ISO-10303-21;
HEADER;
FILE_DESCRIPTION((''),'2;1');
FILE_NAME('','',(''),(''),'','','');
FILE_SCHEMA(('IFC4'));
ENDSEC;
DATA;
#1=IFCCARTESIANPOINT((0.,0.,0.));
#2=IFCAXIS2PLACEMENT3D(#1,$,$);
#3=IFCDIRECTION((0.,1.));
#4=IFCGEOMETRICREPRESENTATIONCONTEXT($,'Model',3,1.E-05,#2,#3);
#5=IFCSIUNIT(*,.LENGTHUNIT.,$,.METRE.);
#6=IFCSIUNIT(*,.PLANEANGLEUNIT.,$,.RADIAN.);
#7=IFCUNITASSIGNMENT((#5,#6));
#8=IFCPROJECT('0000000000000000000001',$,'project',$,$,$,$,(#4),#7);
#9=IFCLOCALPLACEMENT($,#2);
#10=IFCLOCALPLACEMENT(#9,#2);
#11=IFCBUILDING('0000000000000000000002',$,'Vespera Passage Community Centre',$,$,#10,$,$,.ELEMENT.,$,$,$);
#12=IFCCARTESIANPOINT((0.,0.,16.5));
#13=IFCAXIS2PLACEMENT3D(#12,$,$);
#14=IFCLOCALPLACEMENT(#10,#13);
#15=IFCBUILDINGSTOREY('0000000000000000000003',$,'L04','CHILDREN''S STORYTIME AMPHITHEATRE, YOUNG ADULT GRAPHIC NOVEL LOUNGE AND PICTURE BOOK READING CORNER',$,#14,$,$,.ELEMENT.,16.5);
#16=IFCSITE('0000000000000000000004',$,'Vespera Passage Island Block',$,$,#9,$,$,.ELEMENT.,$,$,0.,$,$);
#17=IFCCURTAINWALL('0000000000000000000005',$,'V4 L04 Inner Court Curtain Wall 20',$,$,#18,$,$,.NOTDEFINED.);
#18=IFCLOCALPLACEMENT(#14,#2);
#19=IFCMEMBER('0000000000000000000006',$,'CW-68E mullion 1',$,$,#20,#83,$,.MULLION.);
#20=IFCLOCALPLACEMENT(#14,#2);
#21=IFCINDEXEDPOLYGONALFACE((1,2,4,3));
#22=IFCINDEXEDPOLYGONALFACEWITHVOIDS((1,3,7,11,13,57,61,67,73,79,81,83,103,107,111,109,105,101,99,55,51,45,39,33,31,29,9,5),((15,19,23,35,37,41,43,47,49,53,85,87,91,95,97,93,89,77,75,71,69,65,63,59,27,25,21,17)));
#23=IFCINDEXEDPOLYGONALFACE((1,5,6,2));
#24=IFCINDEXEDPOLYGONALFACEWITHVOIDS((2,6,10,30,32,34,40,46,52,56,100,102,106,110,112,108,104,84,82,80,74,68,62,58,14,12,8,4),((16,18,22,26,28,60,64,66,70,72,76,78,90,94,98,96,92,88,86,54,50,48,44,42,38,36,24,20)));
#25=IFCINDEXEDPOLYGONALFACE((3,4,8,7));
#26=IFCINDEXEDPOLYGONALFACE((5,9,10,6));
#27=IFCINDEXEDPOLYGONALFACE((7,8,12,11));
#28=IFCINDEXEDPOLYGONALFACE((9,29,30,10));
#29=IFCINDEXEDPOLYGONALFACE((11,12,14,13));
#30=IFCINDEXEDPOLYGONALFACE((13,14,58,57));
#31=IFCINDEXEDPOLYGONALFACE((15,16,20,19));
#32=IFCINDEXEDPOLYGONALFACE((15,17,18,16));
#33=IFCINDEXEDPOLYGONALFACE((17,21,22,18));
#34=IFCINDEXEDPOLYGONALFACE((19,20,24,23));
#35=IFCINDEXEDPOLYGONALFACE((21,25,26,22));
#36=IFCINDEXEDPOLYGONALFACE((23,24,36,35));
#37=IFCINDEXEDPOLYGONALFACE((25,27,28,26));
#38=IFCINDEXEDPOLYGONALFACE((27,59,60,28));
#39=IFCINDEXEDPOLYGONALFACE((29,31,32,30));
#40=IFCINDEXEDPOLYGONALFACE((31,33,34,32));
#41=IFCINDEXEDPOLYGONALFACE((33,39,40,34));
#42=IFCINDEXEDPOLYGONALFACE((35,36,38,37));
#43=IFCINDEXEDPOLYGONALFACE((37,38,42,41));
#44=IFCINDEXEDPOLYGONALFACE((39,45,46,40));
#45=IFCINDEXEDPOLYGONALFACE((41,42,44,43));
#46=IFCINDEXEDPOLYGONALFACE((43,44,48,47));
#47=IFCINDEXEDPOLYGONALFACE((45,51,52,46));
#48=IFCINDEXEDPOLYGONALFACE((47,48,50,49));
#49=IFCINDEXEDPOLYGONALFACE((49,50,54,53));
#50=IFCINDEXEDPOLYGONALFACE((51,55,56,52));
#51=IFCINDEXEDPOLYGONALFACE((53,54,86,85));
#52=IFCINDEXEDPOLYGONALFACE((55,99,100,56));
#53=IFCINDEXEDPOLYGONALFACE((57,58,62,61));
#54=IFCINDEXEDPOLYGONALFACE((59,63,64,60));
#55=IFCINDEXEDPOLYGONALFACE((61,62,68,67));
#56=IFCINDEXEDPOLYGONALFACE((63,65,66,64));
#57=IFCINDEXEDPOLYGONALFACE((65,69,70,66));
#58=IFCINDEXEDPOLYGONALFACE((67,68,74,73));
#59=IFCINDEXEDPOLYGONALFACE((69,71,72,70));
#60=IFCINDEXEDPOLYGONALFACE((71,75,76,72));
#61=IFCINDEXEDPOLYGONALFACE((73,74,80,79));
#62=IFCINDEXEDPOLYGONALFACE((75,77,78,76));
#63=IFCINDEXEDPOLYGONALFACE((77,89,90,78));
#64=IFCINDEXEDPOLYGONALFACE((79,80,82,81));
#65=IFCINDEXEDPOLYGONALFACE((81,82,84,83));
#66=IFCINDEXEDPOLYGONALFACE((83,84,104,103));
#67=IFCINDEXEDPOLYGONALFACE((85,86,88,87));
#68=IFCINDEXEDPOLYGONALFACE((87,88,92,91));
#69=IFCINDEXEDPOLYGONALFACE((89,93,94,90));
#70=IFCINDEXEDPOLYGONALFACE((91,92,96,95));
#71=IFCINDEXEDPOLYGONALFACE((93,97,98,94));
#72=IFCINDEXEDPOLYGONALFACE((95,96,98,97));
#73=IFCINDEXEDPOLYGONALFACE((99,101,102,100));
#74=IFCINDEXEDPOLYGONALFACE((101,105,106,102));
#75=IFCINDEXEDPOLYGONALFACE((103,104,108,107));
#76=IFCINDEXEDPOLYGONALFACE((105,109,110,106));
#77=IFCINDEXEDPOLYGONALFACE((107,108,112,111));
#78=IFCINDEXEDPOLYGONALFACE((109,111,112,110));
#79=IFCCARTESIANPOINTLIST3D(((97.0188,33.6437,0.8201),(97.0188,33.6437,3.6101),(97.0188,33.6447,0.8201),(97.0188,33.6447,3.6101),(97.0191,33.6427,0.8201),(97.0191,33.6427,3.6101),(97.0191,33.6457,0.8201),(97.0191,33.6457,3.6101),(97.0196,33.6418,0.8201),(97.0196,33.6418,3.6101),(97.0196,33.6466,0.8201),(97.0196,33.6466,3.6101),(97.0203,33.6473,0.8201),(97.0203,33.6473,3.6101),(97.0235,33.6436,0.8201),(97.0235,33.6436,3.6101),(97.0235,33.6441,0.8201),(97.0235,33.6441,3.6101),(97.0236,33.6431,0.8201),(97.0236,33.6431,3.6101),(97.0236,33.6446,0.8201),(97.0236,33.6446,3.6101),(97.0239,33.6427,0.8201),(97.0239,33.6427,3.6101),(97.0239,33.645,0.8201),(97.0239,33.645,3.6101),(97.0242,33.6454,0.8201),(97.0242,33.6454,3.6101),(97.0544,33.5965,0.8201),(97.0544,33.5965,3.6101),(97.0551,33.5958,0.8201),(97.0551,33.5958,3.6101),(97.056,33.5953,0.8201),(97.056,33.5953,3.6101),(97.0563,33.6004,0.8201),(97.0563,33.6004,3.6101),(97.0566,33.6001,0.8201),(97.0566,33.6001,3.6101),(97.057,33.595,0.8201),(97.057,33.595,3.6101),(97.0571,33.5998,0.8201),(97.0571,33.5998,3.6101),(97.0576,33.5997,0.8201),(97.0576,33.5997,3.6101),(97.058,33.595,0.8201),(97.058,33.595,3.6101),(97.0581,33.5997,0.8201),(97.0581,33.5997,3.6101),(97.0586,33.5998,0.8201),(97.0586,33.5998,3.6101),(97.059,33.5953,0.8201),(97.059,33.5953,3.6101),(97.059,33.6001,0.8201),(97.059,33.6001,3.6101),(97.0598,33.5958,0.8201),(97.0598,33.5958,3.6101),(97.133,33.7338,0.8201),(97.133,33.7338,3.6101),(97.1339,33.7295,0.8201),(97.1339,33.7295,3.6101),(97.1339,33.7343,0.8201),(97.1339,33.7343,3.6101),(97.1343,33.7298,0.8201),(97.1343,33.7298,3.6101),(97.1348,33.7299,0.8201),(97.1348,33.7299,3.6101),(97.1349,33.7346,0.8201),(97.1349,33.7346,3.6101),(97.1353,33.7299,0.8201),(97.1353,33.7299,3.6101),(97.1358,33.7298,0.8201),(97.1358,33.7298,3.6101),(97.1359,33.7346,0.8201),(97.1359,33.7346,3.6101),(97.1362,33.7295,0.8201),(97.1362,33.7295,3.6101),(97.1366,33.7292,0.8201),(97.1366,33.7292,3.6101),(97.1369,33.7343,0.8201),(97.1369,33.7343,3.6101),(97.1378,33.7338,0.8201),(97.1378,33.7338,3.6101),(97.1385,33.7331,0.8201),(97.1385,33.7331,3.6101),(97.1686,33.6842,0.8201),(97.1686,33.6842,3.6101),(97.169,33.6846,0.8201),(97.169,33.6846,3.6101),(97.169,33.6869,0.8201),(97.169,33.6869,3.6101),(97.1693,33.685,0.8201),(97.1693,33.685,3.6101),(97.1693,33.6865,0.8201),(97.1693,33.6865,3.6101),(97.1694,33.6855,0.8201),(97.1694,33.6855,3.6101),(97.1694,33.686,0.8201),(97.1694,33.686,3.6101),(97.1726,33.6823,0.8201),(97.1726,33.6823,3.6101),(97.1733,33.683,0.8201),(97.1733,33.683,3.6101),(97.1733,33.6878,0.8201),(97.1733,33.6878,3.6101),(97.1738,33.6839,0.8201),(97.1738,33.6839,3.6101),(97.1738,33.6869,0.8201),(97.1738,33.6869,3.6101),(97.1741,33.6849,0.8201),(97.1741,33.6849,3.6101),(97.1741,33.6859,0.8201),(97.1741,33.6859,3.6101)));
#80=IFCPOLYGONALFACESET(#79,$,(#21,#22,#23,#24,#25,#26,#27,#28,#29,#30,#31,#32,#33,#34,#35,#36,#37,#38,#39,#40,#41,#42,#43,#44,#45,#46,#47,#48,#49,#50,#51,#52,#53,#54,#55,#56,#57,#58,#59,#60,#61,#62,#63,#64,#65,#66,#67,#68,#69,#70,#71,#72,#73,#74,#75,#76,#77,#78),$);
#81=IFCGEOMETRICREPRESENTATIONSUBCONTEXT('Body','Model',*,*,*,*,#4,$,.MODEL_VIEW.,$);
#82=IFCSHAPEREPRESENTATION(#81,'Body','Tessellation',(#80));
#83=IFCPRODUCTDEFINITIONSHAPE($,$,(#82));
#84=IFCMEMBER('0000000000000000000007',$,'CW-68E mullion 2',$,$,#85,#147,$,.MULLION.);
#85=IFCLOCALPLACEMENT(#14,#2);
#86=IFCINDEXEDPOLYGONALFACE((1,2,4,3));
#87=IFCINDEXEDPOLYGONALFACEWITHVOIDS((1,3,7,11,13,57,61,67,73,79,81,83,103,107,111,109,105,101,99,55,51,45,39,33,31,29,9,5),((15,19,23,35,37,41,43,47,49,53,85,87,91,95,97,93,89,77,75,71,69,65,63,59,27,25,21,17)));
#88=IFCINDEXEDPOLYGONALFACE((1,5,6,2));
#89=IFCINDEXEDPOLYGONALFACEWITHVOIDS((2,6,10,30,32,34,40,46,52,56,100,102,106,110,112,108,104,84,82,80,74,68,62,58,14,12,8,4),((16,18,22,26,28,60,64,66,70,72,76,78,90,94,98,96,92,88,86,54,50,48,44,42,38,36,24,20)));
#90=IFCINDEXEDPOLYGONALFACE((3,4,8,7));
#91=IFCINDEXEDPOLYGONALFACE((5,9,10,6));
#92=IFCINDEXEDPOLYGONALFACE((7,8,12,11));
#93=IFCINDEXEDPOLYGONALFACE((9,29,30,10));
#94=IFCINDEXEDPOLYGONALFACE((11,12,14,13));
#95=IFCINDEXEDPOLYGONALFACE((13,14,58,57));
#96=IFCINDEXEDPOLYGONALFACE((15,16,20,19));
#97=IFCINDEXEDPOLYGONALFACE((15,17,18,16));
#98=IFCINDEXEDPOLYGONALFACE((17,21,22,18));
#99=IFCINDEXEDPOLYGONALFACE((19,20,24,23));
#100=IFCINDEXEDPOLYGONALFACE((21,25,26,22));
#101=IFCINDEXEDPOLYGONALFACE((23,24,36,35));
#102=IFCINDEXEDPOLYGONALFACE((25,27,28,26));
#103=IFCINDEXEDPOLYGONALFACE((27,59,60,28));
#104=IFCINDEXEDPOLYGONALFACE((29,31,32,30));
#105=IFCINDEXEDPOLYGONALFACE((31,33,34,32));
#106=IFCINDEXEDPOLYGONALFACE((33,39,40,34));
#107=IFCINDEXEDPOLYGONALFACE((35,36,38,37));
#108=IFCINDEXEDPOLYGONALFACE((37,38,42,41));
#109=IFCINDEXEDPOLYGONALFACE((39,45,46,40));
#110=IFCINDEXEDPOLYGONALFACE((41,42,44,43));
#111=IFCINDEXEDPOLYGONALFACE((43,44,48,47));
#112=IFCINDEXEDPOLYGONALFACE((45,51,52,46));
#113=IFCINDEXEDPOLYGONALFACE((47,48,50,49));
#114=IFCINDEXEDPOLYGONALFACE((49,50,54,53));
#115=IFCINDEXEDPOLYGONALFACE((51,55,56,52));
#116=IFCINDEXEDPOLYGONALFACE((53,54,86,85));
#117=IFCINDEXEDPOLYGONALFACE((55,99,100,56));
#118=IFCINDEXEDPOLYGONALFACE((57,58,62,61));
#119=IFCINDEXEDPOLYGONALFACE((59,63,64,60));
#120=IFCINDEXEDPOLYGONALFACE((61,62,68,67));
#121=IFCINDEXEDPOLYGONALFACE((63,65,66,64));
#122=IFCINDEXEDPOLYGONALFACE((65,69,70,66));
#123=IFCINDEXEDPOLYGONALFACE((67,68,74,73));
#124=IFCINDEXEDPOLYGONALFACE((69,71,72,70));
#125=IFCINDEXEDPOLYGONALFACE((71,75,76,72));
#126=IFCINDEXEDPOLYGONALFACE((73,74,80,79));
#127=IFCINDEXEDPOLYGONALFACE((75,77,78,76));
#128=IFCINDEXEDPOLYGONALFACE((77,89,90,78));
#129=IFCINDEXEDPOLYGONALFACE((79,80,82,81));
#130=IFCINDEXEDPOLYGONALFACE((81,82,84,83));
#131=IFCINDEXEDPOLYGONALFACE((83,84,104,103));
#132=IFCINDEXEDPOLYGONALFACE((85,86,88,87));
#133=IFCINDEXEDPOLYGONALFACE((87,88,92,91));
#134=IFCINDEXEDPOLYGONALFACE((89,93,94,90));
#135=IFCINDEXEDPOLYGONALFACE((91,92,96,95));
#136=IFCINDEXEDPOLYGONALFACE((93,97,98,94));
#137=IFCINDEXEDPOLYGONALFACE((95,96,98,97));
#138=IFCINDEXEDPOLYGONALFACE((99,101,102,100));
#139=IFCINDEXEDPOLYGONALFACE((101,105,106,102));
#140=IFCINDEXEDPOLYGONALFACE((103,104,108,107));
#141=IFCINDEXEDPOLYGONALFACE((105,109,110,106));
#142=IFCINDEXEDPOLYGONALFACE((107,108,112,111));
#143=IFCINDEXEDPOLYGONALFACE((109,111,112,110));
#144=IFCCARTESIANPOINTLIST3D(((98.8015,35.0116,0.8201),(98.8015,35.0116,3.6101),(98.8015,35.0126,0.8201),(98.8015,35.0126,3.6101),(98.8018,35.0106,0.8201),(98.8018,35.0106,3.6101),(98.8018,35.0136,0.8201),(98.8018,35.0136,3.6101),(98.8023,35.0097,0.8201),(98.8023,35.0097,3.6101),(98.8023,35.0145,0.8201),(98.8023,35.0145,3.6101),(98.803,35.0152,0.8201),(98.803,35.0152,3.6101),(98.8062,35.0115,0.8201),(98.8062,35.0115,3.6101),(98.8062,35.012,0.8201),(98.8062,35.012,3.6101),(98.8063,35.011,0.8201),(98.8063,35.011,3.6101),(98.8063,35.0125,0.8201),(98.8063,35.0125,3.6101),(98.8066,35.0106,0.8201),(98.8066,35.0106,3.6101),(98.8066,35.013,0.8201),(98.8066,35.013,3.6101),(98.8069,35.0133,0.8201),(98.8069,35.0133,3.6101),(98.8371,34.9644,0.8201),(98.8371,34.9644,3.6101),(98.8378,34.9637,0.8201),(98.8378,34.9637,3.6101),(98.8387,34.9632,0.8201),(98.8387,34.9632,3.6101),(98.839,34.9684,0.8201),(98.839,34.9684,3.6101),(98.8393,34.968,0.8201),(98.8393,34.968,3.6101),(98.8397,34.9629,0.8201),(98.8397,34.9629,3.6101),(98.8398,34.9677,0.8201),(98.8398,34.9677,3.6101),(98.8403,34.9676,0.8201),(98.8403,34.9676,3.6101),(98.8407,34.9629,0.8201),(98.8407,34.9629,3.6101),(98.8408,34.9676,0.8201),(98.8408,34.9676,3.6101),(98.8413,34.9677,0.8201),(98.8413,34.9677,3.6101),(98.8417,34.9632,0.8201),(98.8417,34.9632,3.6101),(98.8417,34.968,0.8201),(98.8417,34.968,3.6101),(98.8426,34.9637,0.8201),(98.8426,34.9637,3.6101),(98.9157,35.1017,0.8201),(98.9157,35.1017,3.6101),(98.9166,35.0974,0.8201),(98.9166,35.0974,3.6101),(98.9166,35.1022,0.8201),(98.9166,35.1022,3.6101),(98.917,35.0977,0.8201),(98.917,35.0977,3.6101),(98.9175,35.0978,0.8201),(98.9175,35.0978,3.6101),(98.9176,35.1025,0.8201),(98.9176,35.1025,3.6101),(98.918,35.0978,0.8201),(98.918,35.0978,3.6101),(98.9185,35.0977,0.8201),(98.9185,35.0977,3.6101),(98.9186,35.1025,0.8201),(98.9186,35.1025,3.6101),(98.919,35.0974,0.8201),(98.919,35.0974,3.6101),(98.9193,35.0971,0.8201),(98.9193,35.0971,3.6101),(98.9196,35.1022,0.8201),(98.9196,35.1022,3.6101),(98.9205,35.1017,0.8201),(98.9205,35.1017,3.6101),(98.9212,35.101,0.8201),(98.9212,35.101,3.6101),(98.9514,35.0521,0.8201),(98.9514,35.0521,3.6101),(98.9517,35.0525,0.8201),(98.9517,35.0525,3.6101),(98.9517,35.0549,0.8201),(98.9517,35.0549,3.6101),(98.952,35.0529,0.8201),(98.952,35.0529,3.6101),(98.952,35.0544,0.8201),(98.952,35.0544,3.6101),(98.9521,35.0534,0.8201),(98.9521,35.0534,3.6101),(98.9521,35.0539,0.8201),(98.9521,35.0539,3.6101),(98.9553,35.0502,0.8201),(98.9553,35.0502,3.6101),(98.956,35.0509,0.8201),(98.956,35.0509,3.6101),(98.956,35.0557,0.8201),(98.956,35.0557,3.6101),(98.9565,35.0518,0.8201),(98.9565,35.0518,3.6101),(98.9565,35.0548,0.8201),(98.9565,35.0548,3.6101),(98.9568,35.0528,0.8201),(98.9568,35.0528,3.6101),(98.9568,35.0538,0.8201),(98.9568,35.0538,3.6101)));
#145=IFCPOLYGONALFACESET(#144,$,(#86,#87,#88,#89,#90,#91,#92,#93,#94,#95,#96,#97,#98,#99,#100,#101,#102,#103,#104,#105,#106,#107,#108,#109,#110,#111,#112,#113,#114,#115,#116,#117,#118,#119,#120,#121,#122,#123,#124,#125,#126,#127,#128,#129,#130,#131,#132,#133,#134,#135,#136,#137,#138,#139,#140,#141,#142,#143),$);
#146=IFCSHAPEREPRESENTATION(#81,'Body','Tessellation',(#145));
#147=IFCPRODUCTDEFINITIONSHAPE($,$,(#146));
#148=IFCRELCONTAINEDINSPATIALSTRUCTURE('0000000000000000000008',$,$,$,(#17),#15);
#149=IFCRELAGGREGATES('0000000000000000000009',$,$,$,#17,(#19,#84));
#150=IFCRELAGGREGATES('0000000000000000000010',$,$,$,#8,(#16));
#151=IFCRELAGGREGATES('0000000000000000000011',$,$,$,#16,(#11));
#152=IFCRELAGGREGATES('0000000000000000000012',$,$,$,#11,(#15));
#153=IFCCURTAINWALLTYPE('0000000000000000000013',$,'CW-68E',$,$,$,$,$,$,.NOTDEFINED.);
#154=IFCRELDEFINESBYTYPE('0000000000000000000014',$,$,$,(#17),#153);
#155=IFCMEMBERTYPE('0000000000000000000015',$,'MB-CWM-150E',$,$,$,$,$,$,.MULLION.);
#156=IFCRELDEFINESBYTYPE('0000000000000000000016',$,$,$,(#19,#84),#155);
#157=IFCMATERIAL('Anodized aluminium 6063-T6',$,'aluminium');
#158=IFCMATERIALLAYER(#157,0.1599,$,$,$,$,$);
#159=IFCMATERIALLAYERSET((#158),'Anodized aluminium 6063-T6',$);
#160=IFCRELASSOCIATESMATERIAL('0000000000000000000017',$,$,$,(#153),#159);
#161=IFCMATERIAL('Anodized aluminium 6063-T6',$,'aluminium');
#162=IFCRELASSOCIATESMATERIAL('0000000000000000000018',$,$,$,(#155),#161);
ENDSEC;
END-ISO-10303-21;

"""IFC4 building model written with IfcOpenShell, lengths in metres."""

from ifc_helpers import new_model, si_unit, direction, frame, origin, origin_2d, place, context, subcontext, project, spatial, hollow_rectangle, extrude, material, layer, layer_set, material_profile, profile_set, type_object, element, aggregate, save


model = new_model("IFC4")

# Units and contexts
model_context = context("Model", 3, precision=1e-05, world=origin(), true_north=direction((0.0, 1.0)))
body_context = subcontext(model_context, "Body", "Model", "MODEL_VIEW")
ifc_project = project(units=[si_unit("LENGTHUNIT", "METRE"), si_unit("PLANEANGLEUNIT", "RADIAN")], contexts=[model_context])

# Site, building, storey
site_placement = place(None, origin())
site = spatial("IfcSite", under=ifc_project, at=site_placement, Name="Vespera Passage Island Block", CompositionType="ELEMENT", RefElevation=0.0)
building_placement = place(site_placement, origin())
building = spatial("IfcBuilding", under=site, at=building_placement, Name="Vespera Passage Community Centre", CompositionType="ELEMENT")
storey_placement = place(building_placement, frame((0.0, 0.0, 16.5)))
storey = spatial("IfcBuildingStorey", under=building, at=storey_placement, Name="L04", Description="CHILDREN'S STORYTIME AMPHITHEATRE, YOUNG ADULT GRAPHIC NOVEL LOUNGE AND PICTURE BOOK READING CORNER", CompositionType="ELEMENT", Elevation=16.5)

# Curtain wall, members
ifc_material_1 = material(Name="Anodized aluminium 6063-T6", Category="aluminium")
ifc_layer_1 = layer(ifc_material_1, 0.1599)
ifc_layer_set_1 = layer_set([ifc_layer_1], Name="Anodized aluminium 6063-T6")
curtain_wall_type = type_object("IfcCurtainWallType", Name="CW-68E", PredefinedType="NOTDEFINED", material=ifc_layer_set_1)
curtain_wall_placement = place(storey_placement, origin())
curtain_wall = element("IfcCurtainWall", 1, at=curtain_wall_placement, inside=storey, type_object=curtain_wall_type, Name="V4 L04 Inner Court Curtain Wall 20", PredefinedType="NOTDEFINED")
ifc_material_2 = material(Name="Anodized aluminium 6063-T6", Category="aluminium")
ifc_material_profile_1 = material_profile(ifc_material_2, hollow_rectangle(XDim=0.0649, YDim=0.1499, WallThickness=0.0039, InnerFilletRadius=0.002, OuterFilletRadius=0.0039, at=origin_2d()), Name="ALU150X65X4")
ifc_profile_set_1 = profile_set([ifc_material_profile_1], Name="Anodized aluminium 6063-T6")
member_type_1 = type_object("IfcMemberType", Name="MB-CWM-150E", PredefinedType="MULLION", material=ifc_profile_set_1)
member_1_placement = place(storey_placement, frame((97.0964, 33.6648, 0.8201), z_axis=(0.0, 0.0, 1.0), x_axis=(-0.608755, 0.793358, 0.0)))
member_1 = element("IfcMember", 2, at=member_1_placement, type_object=member_type_1, Name="CW-68E mullion 1", PredefinedType="MULLION", context=body_context, shape_type="SweptSolid", body=[
    extrude(hollow_rectangle(XDim=0.0649, YDim=0.1499, WallThickness=0.0039, InnerFilletRadius=0.002, OuterFilletRadius=0.0039, at=origin_2d()), origin(), (0.0, 0.0, 1.0), 2.79),
])
member_2_placement = place(storey_placement, frame((98.8792, 35.0327, 0.8201), z_axis=(0.0, 0.0, 1.0), x_axis=(-0.608755, 0.793358, 0.0)))
member_2 = element("IfcMember", 3, at=member_2_placement, type_object=member_type_1, Name="CW-68E mullion 2", PredefinedType="MULLION", context=body_context, shape_type="SweptSolid", body=[
    extrude(hollow_rectangle(XDim=0.0649, YDim=0.1499, WallThickness=0.0039, InnerFilletRadius=0.002, OuterFilletRadius=0.0039, at=origin_2d()), origin(), (0.0, 0.0, 1.0), 2.79),
])
aggregate(curtain_wall, [member_1, member_2])

save(model, "model.ifc")
